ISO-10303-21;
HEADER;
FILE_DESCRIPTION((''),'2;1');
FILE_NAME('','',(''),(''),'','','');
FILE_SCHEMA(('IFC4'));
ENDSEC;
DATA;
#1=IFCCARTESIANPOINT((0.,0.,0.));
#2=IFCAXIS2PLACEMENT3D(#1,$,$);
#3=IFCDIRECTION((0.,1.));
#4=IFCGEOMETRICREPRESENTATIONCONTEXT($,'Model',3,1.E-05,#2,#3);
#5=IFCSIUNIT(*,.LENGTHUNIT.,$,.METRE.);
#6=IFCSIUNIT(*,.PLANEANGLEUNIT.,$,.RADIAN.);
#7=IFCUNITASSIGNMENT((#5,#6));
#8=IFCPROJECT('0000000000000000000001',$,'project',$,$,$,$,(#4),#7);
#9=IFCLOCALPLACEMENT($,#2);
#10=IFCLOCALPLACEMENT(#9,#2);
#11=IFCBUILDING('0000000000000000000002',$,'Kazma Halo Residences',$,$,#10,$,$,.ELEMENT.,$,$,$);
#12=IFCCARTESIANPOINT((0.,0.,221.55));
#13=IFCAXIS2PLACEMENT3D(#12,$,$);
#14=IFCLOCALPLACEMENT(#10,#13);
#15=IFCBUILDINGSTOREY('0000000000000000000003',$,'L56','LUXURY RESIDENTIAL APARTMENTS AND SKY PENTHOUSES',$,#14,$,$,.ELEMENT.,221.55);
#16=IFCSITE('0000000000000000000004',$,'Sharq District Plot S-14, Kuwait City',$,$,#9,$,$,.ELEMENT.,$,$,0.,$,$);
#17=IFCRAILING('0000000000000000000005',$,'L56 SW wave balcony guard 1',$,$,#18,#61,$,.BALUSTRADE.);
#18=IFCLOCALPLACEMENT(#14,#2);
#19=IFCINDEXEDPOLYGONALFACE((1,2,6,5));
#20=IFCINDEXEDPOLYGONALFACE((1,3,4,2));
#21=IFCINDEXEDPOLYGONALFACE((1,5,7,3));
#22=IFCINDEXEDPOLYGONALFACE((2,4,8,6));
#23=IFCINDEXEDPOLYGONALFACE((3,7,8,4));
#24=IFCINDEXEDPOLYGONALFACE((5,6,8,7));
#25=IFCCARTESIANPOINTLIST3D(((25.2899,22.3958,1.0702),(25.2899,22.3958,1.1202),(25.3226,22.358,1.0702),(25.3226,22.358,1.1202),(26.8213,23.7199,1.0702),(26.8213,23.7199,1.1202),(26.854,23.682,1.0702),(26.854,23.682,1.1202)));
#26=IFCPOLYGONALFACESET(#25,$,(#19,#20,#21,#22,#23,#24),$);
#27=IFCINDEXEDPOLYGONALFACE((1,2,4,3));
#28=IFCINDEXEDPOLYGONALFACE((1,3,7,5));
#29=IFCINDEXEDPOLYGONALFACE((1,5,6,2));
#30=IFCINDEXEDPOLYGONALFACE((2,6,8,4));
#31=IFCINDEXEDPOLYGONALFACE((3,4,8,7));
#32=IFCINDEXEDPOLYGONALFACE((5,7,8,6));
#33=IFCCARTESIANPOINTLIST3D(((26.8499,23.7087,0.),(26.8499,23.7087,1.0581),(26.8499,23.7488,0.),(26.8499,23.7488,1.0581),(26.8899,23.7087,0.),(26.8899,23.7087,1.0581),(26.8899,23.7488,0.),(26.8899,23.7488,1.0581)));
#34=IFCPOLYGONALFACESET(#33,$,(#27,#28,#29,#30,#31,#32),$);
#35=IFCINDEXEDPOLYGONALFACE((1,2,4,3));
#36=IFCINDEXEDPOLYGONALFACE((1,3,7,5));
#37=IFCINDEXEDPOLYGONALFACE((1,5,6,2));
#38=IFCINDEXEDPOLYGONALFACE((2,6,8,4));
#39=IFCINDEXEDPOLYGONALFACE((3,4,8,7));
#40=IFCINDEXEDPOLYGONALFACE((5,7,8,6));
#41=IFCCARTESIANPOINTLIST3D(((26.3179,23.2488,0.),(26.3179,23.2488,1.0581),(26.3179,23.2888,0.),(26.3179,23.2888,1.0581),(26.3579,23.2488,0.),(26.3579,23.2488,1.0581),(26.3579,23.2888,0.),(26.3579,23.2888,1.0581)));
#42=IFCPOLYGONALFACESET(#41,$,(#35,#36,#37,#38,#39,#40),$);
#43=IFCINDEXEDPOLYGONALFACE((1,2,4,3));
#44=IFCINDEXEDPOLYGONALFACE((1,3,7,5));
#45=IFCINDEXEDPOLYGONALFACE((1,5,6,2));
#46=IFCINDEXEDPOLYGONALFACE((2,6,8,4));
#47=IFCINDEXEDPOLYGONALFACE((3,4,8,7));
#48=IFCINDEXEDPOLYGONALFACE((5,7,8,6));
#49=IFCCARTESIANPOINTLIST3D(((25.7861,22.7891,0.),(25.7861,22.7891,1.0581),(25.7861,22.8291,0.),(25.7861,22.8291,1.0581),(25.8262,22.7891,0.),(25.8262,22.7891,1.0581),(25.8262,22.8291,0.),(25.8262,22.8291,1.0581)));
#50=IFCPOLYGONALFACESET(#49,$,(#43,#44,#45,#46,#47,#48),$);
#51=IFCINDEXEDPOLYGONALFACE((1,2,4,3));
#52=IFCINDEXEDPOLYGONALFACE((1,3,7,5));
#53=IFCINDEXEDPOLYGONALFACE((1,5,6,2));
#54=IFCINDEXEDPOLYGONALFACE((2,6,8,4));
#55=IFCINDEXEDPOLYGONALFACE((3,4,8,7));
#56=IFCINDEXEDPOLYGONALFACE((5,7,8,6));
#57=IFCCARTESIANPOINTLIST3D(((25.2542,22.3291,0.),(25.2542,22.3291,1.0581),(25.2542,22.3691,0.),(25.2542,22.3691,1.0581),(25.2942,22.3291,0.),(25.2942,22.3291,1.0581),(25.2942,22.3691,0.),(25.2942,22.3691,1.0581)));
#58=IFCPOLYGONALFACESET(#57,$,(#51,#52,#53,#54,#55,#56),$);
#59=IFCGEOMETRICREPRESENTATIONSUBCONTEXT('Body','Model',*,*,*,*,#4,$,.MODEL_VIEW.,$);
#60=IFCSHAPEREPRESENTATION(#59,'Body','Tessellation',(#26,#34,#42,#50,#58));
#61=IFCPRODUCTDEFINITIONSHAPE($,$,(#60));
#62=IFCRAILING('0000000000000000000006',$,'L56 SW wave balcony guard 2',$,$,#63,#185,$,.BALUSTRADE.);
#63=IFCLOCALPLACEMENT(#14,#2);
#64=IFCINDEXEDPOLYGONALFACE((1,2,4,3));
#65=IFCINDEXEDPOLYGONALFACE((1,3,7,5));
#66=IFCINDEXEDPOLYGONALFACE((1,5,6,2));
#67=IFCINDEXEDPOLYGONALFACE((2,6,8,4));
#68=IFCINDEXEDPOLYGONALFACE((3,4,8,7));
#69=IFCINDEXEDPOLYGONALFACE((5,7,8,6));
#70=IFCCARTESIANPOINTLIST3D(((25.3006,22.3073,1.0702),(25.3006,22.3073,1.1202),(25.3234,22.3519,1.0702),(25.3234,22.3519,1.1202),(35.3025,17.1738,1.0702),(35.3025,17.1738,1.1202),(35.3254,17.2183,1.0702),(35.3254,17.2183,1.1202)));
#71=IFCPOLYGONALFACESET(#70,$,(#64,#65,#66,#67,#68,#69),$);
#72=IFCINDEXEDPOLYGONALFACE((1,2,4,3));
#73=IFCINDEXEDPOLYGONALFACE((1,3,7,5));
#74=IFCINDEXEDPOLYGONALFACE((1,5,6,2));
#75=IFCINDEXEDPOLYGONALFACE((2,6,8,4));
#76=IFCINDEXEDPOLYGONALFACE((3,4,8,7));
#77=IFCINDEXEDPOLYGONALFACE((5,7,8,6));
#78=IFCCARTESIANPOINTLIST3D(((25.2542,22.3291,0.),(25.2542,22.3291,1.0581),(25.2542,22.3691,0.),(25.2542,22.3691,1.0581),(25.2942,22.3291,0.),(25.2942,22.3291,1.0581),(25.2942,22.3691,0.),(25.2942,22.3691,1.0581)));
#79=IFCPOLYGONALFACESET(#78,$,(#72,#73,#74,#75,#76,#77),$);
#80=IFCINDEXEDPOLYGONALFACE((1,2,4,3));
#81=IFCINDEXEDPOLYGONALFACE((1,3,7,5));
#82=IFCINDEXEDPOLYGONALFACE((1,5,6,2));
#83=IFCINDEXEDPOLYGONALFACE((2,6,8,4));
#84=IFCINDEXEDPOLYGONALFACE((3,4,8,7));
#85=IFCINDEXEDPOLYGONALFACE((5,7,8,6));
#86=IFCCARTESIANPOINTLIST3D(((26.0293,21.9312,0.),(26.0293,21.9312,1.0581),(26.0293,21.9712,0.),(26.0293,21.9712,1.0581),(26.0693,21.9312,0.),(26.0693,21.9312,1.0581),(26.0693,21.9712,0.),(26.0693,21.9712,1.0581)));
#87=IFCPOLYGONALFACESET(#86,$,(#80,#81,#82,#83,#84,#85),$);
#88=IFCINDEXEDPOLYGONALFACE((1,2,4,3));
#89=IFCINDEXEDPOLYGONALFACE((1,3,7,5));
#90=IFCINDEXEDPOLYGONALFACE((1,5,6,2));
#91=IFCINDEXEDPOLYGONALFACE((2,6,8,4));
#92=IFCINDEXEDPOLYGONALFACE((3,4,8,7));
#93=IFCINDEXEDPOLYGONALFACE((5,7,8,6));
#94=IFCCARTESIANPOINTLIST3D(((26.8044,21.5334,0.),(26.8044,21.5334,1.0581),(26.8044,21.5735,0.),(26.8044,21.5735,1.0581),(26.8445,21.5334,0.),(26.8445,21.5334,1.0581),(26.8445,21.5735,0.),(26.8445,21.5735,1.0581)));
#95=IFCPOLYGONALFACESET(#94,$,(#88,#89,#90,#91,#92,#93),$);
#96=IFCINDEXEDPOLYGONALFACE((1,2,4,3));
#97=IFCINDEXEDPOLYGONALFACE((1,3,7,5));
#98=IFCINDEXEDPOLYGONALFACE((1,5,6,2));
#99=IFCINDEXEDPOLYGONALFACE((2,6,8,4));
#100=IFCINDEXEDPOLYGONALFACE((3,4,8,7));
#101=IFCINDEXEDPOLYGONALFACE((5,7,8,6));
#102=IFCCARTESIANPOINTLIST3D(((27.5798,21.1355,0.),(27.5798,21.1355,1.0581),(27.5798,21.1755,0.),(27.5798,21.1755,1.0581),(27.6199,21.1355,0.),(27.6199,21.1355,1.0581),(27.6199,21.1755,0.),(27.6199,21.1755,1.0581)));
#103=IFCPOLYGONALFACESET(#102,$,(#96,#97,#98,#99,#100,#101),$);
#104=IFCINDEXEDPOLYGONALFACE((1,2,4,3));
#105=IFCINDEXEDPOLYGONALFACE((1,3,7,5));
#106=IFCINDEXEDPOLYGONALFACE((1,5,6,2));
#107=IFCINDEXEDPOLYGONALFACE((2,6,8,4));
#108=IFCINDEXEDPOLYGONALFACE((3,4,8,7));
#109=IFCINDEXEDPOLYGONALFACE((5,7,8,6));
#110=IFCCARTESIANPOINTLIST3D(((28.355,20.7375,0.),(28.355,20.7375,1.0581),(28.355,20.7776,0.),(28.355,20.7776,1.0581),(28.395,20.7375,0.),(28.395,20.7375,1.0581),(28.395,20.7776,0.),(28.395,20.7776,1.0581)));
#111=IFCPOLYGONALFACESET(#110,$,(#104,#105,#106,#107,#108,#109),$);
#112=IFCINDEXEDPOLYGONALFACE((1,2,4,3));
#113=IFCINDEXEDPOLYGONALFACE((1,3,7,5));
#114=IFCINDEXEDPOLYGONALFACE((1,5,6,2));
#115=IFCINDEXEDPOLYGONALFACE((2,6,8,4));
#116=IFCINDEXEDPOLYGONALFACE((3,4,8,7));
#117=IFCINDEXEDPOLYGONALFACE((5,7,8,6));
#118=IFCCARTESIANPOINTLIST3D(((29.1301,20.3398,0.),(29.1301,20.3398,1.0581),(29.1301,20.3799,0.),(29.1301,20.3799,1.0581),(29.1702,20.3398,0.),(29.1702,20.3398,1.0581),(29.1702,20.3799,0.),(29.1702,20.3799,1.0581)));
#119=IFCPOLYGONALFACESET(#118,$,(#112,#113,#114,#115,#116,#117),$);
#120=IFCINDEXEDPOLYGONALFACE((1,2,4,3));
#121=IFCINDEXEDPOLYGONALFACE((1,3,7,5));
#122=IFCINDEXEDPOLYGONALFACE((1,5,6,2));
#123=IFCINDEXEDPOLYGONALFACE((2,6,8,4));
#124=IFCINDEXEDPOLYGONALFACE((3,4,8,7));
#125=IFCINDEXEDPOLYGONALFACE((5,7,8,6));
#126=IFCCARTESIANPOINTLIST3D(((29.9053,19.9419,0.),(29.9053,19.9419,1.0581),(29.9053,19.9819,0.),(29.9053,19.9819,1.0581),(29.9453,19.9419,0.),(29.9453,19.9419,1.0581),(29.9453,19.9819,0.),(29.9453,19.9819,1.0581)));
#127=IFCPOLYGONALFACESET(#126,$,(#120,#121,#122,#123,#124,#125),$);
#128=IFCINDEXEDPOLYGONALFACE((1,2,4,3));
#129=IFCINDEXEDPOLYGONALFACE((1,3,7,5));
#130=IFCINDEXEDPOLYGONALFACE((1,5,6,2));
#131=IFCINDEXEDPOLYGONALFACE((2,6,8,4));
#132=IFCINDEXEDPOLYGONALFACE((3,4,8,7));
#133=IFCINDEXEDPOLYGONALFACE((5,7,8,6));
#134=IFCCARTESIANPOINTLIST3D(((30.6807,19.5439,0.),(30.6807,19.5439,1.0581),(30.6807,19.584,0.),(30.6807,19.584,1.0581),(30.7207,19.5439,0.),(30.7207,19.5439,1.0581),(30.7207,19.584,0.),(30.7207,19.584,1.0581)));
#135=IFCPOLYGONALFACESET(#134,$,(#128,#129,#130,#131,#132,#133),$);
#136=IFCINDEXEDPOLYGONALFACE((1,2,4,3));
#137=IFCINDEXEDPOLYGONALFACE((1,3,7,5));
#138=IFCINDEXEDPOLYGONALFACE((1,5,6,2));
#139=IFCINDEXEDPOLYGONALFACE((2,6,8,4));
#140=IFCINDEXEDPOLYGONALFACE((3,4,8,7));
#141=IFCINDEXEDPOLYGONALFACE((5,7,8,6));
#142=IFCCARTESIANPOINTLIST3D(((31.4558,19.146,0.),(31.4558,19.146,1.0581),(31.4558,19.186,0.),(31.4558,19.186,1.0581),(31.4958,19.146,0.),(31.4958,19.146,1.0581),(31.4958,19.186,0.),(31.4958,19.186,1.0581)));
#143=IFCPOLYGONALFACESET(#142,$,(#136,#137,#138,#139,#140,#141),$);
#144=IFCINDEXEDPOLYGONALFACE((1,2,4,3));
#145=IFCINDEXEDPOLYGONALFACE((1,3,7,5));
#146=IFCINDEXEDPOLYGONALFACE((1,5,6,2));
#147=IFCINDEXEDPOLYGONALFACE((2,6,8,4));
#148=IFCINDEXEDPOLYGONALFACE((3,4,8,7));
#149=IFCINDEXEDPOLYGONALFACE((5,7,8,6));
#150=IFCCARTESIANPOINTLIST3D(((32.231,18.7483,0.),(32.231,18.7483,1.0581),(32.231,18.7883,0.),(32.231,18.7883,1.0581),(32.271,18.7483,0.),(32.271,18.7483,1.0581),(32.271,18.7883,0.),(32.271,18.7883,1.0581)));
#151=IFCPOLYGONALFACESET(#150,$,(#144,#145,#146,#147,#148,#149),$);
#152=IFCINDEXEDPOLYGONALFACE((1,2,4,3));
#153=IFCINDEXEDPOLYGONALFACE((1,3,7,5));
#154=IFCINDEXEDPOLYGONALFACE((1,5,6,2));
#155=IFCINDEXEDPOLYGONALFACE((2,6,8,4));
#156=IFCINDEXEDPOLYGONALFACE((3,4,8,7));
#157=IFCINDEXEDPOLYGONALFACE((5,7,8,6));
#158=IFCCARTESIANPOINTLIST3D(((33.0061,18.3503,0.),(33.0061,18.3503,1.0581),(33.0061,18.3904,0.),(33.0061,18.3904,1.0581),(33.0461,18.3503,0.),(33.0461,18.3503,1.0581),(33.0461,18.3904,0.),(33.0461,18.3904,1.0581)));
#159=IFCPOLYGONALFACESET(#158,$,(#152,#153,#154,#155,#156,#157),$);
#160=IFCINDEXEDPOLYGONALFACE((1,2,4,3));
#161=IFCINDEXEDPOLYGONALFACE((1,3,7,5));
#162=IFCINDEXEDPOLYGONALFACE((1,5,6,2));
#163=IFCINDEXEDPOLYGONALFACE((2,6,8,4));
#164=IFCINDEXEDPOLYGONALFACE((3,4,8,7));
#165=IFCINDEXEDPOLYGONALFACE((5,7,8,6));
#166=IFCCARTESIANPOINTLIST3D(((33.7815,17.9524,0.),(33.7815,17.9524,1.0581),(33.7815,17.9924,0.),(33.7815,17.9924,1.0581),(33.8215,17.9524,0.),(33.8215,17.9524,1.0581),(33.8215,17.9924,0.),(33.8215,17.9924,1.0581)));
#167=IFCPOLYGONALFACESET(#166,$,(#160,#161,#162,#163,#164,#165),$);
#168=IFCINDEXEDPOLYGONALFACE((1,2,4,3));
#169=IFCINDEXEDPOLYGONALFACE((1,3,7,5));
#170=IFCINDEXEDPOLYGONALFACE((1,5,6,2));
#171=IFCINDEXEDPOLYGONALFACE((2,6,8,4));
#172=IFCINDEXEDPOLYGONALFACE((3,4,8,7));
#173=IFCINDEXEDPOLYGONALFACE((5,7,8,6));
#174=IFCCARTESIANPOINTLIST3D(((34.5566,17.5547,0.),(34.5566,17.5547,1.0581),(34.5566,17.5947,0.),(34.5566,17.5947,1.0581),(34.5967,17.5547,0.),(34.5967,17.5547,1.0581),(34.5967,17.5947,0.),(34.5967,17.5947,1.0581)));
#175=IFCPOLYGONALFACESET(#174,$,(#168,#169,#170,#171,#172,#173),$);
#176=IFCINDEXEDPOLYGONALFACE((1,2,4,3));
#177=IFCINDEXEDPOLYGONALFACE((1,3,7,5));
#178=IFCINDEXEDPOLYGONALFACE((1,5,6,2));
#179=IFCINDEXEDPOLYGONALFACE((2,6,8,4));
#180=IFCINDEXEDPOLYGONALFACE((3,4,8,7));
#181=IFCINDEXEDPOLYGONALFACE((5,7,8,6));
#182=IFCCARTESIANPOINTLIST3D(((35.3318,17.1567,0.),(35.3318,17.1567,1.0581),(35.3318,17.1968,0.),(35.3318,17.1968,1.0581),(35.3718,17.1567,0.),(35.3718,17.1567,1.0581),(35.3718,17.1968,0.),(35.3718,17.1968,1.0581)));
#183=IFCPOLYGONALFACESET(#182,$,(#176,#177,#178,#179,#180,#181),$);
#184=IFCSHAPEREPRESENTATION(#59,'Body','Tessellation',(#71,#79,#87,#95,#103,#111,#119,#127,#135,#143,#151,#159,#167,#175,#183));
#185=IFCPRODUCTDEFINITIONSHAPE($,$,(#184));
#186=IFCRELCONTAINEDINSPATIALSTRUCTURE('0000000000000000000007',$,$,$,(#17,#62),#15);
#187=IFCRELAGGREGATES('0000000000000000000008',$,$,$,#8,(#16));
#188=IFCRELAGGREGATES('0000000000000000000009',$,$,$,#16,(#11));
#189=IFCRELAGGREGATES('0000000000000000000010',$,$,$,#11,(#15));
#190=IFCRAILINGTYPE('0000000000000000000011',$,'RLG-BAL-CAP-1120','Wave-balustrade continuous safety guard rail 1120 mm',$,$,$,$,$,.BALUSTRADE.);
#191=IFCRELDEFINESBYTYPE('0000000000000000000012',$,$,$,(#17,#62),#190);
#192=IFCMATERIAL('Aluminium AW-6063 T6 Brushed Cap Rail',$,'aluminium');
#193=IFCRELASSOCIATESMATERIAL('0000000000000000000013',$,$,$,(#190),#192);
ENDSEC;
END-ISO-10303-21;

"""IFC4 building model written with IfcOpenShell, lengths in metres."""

from ifc_helpers import new_model, si_unit, direction, frame, origin, origin_2d, place, context, subcontext, project, spatial, rectangle, extrude, material, type_object, element, save


model = new_model("IFC4")

# Units and contexts
model_context = context("Model", 3, precision=1e-05, world=origin(), true_north=direction((0.0, 1.0)))
body_context = subcontext(model_context, "Body", "Model", "MODEL_VIEW")
ifc_project = project(units=[si_unit("LENGTHUNIT", "METRE"), si_unit("PLANEANGLEUNIT", "RADIAN")], contexts=[model_context])

# Site, building, storey
site_placement = place(None, origin())
site = spatial("IfcSite", under=ifc_project, at=site_placement, Name="Sharq District Plot S-14, Kuwait City", CompositionType="ELEMENT", RefElevation=0.0)
building_placement = place(site_placement, origin())
building = spatial("IfcBuilding", under=site, at=building_placement, Name="Kazma Halo Residences", CompositionType="ELEMENT")
storey_placement = place(building_placement, frame((0.0, 0.0, 221.55)))
storey = spatial("IfcBuildingStorey", under=building, at=storey_placement, Name="L56", Description="LUXURY RESIDENTIAL APARTMENTS AND SKY PENTHOUSES", CompositionType="ELEMENT", Elevation=221.55)

# Railings
ifc_material_1 = material(Name="Aluminium AW-6063 T6 Brushed Cap Rail", Category="aluminium")
railing_type = type_object("IfcRailingType", Name="RLG-BAL-CAP-1120", Description="Wave-balustrade continuous safety guard rail 1120 mm", PredefinedType="BALUSTRADE", material=ifc_material_1)
railing_1_placement = place(storey_placement, frame((26.8699, 23.7288, 0.0)))
element("IfcRailing", 1, at=railing_1_placement, inside=storey, type_object=railing_type, Name="L56 SW wave balcony guard 1", PredefinedType="BALUSTRADE", context=body_context, shape_type="SweptSolid", body=[
    extrude(rectangle(XDim=0.05, YDim=0.05, at=origin_2d()), frame((-0.0322, -0.0278, 1.0952), z_axis=(-0.756464, -0.654036, 0.0), x_axis=(0.654036, -0.756464, 0.0)), (0.0, 0.0, 1.0), 2.0244),
    extrude(rectangle(XDim=0.04, YDim=0.04, at=origin_2d()), origin(), (0.0, 0.0, 1.0), 1.0581),
    extrude(rectangle(XDim=0.04, YDim=0.04, at=origin_2d()), frame((-0.532, -0.46, 0.0)), (0.0, 0.0, 1.0), 1.0581),
    extrude(rectangle(XDim=0.04, YDim=0.04, at=origin_2d()), frame((-1.0637, -0.9197, 0.0)), (0.0, 0.0, 1.0), 1.0581),
    extrude(rectangle(XDim=0.04, YDim=0.04, at=origin_2d()), frame((-1.5957, -1.3796, 0.0)), (0.0, 0.0, 1.0), 1.0581),
])
railing_2_placement = place(storey_placement, frame((25.2742, 22.3491, 0.0)))
element("IfcRailing", 2, at=railing_2_placement, inside=storey, type_object=railing_type, Name="L56 SW wave balcony guard 2", PredefinedType="BALUSTRADE", context=body_context, shape_type="SweptSolid", body=[
    extrude(rectangle(XDim=0.05, YDim=0.05, at=origin_2d()), frame((0.0378, -0.0195, 1.0952), z_axis=(0.889662, -0.45662, 0.0), x_axis=(0.45662, 0.889662, 0.0)), (0.0, 0.0, 1.0), 11.2424),
    extrude(rectangle(XDim=0.04, YDim=0.04, at=origin_2d()), origin(), (0.0, 0.0, 1.0), 1.0581),
    extrude(rectangle(XDim=0.04, YDim=0.04, at=origin_2d()), frame((0.7751, -0.3979, 0.0)), (0.0, 0.0, 1.0), 1.0581),
    extrude(rectangle(XDim=0.04, YDim=0.04, at=origin_2d()), frame((1.5503, -0.7957, 0.0)), (0.0, 0.0, 1.0), 1.0581),
    extrude(rectangle(XDim=0.04, YDim=0.04, at=origin_2d()), frame((2.3257, -1.1936, 0.0)), (0.0, 0.0, 1.0), 1.0581),
    extrude(rectangle(XDim=0.04, YDim=0.04, at=origin_2d()), frame((3.1008, -1.5916, 0.0)), (0.0, 0.0, 1.0), 1.0581),
    extrude(rectangle(XDim=0.04, YDim=0.04, at=origin_2d()), frame((3.876, -1.9893, 0.0)), (0.0, 0.0, 1.0), 1.0581),
    extrude(rectangle(XDim=0.04, YDim=0.04, at=origin_2d()), frame((4.6511, -2.3872, 0.0)), (0.0, 0.0, 1.0), 1.0581),
    extrude(rectangle(XDim=0.04, YDim=0.04, at=origin_2d()), frame((5.4265, -2.7852, 0.0)), (0.0, 0.0, 1.0), 1.0581),
    extrude(rectangle(XDim=0.04, YDim=0.04, at=origin_2d()), frame((6.2017, -3.1831, 0.0)), (0.0, 0.0, 1.0), 1.0581),
    extrude(rectangle(XDim=0.04, YDim=0.04, at=origin_2d()), frame((6.9768, -3.5808, 0.0)), (0.0, 0.0, 1.0), 1.0581),
    extrude(rectangle(XDim=0.04, YDim=0.04, at=origin_2d()), frame((7.752, -3.9788, 0.0)), (0.0, 0.0, 1.0), 1.0581),
    extrude(rectangle(XDim=0.04, YDim=0.04, at=origin_2d()), frame((8.5273, -4.3767, 0.0)), (0.0, 0.0, 1.0), 1.0581),
    extrude(rectangle(XDim=0.04, YDim=0.04, at=origin_2d()), frame((9.3025, -4.7744, 0.0)), (0.0, 0.0, 1.0), 1.0581),
    extrude(rectangle(XDim=0.04, YDim=0.04, at=origin_2d()), frame((10.0776, -5.1724, 0.0)), (0.0, 0.0, 1.0), 1.0581),
])

save(model, "model.ifc")
